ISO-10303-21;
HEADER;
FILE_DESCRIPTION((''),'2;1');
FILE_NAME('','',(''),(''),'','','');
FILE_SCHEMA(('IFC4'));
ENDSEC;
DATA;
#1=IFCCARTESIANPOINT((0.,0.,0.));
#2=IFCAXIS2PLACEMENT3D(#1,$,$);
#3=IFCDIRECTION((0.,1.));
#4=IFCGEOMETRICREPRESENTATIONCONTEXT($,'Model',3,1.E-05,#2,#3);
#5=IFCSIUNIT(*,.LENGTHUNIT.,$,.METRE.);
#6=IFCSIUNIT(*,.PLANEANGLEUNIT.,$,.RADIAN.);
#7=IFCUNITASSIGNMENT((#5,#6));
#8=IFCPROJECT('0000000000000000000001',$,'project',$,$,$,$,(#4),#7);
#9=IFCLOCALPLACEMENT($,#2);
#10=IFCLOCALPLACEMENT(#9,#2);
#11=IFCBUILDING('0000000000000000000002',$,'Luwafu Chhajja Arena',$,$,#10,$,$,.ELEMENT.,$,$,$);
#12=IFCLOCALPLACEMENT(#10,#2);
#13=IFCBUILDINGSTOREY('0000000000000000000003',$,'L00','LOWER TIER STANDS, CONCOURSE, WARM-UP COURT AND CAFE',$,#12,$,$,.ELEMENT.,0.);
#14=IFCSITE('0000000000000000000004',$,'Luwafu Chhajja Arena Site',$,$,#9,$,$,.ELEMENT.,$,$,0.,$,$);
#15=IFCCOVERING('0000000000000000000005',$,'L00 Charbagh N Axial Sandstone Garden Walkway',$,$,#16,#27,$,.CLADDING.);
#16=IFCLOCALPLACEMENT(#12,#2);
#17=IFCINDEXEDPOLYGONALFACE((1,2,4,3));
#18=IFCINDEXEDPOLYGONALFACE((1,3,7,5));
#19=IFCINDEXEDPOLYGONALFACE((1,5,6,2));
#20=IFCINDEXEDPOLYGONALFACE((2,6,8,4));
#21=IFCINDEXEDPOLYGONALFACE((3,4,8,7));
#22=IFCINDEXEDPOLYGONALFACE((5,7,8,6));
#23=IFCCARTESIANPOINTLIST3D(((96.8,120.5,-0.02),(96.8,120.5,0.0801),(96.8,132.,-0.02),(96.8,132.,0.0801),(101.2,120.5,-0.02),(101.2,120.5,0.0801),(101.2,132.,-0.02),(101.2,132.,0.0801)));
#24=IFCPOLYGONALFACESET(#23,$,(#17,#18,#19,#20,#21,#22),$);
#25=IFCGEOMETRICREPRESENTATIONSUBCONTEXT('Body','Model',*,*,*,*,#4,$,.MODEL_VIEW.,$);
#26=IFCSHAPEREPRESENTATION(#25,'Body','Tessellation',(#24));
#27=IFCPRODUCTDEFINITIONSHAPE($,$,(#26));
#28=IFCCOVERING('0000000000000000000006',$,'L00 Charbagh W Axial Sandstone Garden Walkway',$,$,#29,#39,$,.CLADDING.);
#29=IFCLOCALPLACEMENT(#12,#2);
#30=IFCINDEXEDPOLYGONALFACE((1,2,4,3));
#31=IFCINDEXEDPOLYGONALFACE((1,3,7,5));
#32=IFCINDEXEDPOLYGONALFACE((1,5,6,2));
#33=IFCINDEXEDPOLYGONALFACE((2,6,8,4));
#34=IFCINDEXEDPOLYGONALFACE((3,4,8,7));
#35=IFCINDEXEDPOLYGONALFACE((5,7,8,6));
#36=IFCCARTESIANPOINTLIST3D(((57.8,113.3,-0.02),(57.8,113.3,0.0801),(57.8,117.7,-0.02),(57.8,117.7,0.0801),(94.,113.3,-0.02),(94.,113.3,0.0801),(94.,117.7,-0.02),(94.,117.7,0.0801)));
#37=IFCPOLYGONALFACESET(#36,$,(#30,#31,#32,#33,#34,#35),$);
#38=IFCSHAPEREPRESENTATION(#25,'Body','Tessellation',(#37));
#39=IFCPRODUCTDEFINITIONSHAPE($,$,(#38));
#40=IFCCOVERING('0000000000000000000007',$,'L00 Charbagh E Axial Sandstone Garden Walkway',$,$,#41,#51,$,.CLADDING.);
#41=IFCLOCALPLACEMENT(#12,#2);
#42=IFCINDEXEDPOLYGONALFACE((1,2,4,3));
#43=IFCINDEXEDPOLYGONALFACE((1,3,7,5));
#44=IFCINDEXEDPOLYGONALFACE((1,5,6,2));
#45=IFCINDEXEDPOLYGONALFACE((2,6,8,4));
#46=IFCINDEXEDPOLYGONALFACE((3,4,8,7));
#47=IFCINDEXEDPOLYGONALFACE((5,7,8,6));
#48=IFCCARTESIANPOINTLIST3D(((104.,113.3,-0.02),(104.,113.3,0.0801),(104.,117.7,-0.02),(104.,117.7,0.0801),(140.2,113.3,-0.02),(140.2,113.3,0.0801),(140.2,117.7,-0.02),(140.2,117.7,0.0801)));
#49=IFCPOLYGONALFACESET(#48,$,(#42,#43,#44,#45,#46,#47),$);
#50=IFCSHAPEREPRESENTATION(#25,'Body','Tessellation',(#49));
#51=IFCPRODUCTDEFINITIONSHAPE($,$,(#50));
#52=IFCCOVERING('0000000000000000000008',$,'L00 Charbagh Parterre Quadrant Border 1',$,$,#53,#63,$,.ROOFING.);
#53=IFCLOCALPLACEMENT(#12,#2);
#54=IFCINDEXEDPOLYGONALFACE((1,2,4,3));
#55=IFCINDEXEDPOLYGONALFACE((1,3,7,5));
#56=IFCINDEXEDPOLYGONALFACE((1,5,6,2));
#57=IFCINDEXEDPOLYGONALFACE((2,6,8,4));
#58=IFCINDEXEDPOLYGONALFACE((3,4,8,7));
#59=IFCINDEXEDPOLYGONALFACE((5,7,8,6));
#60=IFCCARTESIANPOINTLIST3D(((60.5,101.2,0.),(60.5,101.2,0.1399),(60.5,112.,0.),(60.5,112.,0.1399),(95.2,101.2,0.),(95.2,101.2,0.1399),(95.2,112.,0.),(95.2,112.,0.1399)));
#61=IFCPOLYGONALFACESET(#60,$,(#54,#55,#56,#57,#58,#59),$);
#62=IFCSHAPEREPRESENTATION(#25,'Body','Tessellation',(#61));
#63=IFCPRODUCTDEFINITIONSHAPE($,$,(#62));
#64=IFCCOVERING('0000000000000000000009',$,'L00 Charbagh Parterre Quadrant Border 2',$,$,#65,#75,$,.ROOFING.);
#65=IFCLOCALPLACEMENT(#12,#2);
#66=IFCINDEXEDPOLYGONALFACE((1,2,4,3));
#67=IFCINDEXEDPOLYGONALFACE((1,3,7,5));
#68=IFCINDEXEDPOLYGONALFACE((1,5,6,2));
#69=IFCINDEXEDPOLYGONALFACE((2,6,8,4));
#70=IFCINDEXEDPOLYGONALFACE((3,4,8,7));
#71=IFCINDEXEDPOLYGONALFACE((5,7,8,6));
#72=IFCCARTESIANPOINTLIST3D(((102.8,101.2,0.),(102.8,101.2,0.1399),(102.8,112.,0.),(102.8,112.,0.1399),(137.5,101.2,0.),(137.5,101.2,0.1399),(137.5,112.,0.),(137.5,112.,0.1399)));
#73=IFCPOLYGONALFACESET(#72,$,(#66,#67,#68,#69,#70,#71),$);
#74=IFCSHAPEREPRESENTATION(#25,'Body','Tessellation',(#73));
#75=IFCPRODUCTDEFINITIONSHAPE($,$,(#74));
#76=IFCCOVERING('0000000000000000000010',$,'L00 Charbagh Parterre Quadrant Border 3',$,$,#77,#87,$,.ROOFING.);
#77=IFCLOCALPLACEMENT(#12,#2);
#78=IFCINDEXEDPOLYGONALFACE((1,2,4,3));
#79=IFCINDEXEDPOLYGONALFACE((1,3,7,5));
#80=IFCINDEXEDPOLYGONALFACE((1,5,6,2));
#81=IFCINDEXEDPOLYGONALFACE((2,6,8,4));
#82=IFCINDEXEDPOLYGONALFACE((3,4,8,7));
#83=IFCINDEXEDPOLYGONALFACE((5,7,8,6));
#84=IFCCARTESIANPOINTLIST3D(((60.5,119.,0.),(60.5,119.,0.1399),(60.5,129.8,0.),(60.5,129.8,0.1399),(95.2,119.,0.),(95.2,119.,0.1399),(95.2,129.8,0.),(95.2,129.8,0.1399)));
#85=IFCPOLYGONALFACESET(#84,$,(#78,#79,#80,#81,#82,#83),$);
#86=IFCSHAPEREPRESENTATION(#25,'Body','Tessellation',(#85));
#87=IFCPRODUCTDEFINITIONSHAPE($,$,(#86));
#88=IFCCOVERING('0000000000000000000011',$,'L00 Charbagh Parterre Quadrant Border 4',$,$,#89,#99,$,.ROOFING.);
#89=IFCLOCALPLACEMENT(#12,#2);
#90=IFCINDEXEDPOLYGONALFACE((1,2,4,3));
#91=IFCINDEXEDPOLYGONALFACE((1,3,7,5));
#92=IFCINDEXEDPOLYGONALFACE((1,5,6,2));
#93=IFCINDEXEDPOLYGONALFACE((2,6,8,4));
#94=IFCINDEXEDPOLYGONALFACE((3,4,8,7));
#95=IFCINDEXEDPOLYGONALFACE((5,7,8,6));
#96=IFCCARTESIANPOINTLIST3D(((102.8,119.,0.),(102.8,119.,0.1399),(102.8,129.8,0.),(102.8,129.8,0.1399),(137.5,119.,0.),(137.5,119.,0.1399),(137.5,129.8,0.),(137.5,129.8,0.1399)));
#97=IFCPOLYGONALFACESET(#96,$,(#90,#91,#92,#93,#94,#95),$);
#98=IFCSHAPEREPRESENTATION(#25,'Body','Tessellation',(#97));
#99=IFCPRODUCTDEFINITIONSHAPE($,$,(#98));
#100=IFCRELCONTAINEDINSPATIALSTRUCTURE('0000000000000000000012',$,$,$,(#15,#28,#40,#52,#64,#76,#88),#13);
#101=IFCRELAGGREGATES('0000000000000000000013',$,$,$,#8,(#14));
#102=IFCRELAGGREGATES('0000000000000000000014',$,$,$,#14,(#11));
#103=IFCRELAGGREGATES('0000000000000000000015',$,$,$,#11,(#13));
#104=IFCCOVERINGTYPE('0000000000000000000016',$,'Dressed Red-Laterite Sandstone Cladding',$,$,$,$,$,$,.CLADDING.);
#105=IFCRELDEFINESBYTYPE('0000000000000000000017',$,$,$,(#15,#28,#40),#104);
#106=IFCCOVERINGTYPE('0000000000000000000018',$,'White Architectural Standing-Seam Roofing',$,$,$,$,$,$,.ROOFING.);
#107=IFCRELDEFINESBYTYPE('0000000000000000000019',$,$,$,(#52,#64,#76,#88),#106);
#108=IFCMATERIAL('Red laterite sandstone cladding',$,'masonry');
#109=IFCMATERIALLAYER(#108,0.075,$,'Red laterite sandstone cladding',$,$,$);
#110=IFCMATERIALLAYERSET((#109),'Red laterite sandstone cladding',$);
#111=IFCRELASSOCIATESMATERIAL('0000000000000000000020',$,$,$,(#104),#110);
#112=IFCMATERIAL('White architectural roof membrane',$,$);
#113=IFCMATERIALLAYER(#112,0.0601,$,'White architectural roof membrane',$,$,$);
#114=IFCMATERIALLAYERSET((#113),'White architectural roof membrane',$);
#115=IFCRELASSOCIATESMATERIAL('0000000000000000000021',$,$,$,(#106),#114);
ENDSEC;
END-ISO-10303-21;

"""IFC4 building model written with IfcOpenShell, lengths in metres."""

from ifc_helpers import new_model, si_unit, direction, frame, origin, place, context, subcontext, project, spatial, polyline, outline, extrude, material, layer, layer_set, type_object, element, save


model = new_model("IFC4")

# Units and contexts
model_context = context("Model", 3, precision=1e-05, world=origin(), true_north=direction((0.0, 1.0)))
body_context = subcontext(model_context, "Body", "Model", "MODEL_VIEW")
ifc_project = project(units=[si_unit("LENGTHUNIT", "METRE"), si_unit("PLANEANGLEUNIT", "RADIAN")], contexts=[model_context])

# Site, building, storey
site_placement = place(None, origin())
site = spatial("IfcSite", under=ifc_project, at=site_placement, Name="Luwafu Chhajja Arena Site", CompositionType="ELEMENT", RefElevation=0.0)
building_placement = place(site_placement, origin())
building = spatial("IfcBuilding", under=site, at=building_placement, Name="Luwafu Chhajja Arena", CompositionType="ELEMENT")
storey_placement = place(building_placement, origin())
storey = spatial("IfcBuildingStorey", under=building, at=storey_placement, Name="L00", Description="LOWER TIER STANDS, CONCOURSE, WARM-UP COURT AND CAFE", CompositionType="ELEMENT", Elevation=0.0)

# Coverings
ifc_material_1 = material(Name="Red laterite sandstone cladding", Category="masonry")
ifc_layer_1 = layer(ifc_material_1, 0.075, Name="Red laterite sandstone cladding")
ifc_layer_set_1 = layer_set([ifc_layer_1], Name="Red laterite sandstone cladding")
covering_type_1 = type_object("IfcCoveringType", Name="Dressed Red-Laterite Sandstone Cladding", PredefinedType="CLADDING", material=ifc_layer_set_1)
covering_1_placement = place(storey_placement, frame((0.0, 0.0, -0.02)))
element("IfcCovering", 1, at=covering_1_placement, inside=storey, type_object=covering_type_1, Name="L00 Charbagh N Axial Sandstone Garden Walkway", PredefinedType="CLADDING", context=body_context, shape_type="SweptSolid", body=[
    extrude(outline(polyline([(96.8, 120.5), (101.2, 120.5), (101.2, 132.0), (96.8, 132.0), (96.8, 120.5)])), origin(), (0.0, 0.0, 1.0), 0.1001),
])
covering_2_placement = place(storey_placement, frame((0.0, 0.0, -0.02)))
element("IfcCovering", 2, at=covering_2_placement, inside=storey, type_object=covering_type_1, Name="L00 Charbagh W Axial Sandstone Garden Walkway", PredefinedType="CLADDING", context=body_context, shape_type="SweptSolid", body=[
    extrude(outline(polyline([(57.8, 113.3), (94.0, 113.3), (94.0, 117.7), (57.8, 117.7), (57.8, 113.3)])), origin(), (0.0, 0.0, 1.0), 0.1001),
])
covering_3_placement = place(storey_placement, frame((0.0, 0.0, -0.02)))
element("IfcCovering", 3, at=covering_3_placement, inside=storey, type_object=covering_type_1, Name="L00 Charbagh E Axial Sandstone Garden Walkway", PredefinedType="CLADDING", context=body_context, shape_type="SweptSolid", body=[
    extrude(outline(polyline([(104.0, 113.3), (140.2, 113.3), (140.2, 117.7), (104.0, 117.7), (104.0, 113.3)])), origin(), (0.0, 0.0, 1.0), 0.1001),
])
ifc_material_2 = material(Name="White architectural roof membrane")
ifc_layer_2 = layer(ifc_material_2, 0.0601, Name="White architectural roof membrane")
ifc_layer_set_2 = layer_set([ifc_layer_2], Name="White architectural roof membrane")
covering_type_2 = type_object("IfcCoveringType", Name="White Architectural Standing-Seam Roofing", PredefinedType="ROOFING", material=ifc_layer_set_2)
covering_4_placement = place(storey_placement, origin())
element("IfcCovering", 4, at=covering_4_placement, inside=storey, type_object=covering_type_2, Name="L00 Charbagh Parterre Quadrant Border 1", PredefinedType="ROOFING", context=body_context, shape_type="SweptSolid", body=[
    extrude(outline(polyline([(60.5, 101.2), (95.2, 101.2), (95.2, 112.0), (60.5, 112.0), (60.5, 101.2)])), origin(), (0.0, 0.0, 1.0), 0.1399),
])
covering_5_placement = place(storey_placement, origin())
element("IfcCovering", 5, at=covering_5_placement, inside=storey, type_object=covering_type_2, Name="L00 Charbagh Parterre Quadrant Border 2", PredefinedType="ROOFING", context=body_context, shape_type="SweptSolid", body=[
    extrude(outline(polyline([(102.8, 101.2), (137.5, 101.2), (137.5, 112.0), (102.8, 112.0), (102.8, 101.2)])), origin(), (0.0, 0.0, 1.0), 0.1399),
])
covering_6_placement = place(storey_placement, origin())
element("IfcCovering", 6, at=covering_6_placement, inside=storey, type_object=covering_type_2, Name="L00 Charbagh Parterre Quadrant Border 3", PredefinedType="ROOFING", context=body_context, shape_type="SweptSolid", body=[
    extrude(outline(polyline([(60.5, 119.0), (95.2, 119.0), (95.2, 129.8), (60.5, 129.8), (60.5, 119.0)])), origin(), (0.0, 0.0, 1.0), 0.1399),
])
covering_7_placement = place(storey_placement, origin())
element("IfcCovering", 7, at=covering_7_placement, inside=storey, type_object=covering_type_2, Name="L00 Charbagh Parterre Quadrant Border 4", PredefinedType="ROOFING", context=body_context, shape_type="SweptSolid", body=[
    extrude(outline(polyline([(102.8, 119.0), (137.5, 119.0), (137.5, 129.8), (102.8, 129.8), (102.8, 119.0)])), origin(), (0.0, 0.0, 1.0), 0.1399),
])

save(model, "model.ifc")
